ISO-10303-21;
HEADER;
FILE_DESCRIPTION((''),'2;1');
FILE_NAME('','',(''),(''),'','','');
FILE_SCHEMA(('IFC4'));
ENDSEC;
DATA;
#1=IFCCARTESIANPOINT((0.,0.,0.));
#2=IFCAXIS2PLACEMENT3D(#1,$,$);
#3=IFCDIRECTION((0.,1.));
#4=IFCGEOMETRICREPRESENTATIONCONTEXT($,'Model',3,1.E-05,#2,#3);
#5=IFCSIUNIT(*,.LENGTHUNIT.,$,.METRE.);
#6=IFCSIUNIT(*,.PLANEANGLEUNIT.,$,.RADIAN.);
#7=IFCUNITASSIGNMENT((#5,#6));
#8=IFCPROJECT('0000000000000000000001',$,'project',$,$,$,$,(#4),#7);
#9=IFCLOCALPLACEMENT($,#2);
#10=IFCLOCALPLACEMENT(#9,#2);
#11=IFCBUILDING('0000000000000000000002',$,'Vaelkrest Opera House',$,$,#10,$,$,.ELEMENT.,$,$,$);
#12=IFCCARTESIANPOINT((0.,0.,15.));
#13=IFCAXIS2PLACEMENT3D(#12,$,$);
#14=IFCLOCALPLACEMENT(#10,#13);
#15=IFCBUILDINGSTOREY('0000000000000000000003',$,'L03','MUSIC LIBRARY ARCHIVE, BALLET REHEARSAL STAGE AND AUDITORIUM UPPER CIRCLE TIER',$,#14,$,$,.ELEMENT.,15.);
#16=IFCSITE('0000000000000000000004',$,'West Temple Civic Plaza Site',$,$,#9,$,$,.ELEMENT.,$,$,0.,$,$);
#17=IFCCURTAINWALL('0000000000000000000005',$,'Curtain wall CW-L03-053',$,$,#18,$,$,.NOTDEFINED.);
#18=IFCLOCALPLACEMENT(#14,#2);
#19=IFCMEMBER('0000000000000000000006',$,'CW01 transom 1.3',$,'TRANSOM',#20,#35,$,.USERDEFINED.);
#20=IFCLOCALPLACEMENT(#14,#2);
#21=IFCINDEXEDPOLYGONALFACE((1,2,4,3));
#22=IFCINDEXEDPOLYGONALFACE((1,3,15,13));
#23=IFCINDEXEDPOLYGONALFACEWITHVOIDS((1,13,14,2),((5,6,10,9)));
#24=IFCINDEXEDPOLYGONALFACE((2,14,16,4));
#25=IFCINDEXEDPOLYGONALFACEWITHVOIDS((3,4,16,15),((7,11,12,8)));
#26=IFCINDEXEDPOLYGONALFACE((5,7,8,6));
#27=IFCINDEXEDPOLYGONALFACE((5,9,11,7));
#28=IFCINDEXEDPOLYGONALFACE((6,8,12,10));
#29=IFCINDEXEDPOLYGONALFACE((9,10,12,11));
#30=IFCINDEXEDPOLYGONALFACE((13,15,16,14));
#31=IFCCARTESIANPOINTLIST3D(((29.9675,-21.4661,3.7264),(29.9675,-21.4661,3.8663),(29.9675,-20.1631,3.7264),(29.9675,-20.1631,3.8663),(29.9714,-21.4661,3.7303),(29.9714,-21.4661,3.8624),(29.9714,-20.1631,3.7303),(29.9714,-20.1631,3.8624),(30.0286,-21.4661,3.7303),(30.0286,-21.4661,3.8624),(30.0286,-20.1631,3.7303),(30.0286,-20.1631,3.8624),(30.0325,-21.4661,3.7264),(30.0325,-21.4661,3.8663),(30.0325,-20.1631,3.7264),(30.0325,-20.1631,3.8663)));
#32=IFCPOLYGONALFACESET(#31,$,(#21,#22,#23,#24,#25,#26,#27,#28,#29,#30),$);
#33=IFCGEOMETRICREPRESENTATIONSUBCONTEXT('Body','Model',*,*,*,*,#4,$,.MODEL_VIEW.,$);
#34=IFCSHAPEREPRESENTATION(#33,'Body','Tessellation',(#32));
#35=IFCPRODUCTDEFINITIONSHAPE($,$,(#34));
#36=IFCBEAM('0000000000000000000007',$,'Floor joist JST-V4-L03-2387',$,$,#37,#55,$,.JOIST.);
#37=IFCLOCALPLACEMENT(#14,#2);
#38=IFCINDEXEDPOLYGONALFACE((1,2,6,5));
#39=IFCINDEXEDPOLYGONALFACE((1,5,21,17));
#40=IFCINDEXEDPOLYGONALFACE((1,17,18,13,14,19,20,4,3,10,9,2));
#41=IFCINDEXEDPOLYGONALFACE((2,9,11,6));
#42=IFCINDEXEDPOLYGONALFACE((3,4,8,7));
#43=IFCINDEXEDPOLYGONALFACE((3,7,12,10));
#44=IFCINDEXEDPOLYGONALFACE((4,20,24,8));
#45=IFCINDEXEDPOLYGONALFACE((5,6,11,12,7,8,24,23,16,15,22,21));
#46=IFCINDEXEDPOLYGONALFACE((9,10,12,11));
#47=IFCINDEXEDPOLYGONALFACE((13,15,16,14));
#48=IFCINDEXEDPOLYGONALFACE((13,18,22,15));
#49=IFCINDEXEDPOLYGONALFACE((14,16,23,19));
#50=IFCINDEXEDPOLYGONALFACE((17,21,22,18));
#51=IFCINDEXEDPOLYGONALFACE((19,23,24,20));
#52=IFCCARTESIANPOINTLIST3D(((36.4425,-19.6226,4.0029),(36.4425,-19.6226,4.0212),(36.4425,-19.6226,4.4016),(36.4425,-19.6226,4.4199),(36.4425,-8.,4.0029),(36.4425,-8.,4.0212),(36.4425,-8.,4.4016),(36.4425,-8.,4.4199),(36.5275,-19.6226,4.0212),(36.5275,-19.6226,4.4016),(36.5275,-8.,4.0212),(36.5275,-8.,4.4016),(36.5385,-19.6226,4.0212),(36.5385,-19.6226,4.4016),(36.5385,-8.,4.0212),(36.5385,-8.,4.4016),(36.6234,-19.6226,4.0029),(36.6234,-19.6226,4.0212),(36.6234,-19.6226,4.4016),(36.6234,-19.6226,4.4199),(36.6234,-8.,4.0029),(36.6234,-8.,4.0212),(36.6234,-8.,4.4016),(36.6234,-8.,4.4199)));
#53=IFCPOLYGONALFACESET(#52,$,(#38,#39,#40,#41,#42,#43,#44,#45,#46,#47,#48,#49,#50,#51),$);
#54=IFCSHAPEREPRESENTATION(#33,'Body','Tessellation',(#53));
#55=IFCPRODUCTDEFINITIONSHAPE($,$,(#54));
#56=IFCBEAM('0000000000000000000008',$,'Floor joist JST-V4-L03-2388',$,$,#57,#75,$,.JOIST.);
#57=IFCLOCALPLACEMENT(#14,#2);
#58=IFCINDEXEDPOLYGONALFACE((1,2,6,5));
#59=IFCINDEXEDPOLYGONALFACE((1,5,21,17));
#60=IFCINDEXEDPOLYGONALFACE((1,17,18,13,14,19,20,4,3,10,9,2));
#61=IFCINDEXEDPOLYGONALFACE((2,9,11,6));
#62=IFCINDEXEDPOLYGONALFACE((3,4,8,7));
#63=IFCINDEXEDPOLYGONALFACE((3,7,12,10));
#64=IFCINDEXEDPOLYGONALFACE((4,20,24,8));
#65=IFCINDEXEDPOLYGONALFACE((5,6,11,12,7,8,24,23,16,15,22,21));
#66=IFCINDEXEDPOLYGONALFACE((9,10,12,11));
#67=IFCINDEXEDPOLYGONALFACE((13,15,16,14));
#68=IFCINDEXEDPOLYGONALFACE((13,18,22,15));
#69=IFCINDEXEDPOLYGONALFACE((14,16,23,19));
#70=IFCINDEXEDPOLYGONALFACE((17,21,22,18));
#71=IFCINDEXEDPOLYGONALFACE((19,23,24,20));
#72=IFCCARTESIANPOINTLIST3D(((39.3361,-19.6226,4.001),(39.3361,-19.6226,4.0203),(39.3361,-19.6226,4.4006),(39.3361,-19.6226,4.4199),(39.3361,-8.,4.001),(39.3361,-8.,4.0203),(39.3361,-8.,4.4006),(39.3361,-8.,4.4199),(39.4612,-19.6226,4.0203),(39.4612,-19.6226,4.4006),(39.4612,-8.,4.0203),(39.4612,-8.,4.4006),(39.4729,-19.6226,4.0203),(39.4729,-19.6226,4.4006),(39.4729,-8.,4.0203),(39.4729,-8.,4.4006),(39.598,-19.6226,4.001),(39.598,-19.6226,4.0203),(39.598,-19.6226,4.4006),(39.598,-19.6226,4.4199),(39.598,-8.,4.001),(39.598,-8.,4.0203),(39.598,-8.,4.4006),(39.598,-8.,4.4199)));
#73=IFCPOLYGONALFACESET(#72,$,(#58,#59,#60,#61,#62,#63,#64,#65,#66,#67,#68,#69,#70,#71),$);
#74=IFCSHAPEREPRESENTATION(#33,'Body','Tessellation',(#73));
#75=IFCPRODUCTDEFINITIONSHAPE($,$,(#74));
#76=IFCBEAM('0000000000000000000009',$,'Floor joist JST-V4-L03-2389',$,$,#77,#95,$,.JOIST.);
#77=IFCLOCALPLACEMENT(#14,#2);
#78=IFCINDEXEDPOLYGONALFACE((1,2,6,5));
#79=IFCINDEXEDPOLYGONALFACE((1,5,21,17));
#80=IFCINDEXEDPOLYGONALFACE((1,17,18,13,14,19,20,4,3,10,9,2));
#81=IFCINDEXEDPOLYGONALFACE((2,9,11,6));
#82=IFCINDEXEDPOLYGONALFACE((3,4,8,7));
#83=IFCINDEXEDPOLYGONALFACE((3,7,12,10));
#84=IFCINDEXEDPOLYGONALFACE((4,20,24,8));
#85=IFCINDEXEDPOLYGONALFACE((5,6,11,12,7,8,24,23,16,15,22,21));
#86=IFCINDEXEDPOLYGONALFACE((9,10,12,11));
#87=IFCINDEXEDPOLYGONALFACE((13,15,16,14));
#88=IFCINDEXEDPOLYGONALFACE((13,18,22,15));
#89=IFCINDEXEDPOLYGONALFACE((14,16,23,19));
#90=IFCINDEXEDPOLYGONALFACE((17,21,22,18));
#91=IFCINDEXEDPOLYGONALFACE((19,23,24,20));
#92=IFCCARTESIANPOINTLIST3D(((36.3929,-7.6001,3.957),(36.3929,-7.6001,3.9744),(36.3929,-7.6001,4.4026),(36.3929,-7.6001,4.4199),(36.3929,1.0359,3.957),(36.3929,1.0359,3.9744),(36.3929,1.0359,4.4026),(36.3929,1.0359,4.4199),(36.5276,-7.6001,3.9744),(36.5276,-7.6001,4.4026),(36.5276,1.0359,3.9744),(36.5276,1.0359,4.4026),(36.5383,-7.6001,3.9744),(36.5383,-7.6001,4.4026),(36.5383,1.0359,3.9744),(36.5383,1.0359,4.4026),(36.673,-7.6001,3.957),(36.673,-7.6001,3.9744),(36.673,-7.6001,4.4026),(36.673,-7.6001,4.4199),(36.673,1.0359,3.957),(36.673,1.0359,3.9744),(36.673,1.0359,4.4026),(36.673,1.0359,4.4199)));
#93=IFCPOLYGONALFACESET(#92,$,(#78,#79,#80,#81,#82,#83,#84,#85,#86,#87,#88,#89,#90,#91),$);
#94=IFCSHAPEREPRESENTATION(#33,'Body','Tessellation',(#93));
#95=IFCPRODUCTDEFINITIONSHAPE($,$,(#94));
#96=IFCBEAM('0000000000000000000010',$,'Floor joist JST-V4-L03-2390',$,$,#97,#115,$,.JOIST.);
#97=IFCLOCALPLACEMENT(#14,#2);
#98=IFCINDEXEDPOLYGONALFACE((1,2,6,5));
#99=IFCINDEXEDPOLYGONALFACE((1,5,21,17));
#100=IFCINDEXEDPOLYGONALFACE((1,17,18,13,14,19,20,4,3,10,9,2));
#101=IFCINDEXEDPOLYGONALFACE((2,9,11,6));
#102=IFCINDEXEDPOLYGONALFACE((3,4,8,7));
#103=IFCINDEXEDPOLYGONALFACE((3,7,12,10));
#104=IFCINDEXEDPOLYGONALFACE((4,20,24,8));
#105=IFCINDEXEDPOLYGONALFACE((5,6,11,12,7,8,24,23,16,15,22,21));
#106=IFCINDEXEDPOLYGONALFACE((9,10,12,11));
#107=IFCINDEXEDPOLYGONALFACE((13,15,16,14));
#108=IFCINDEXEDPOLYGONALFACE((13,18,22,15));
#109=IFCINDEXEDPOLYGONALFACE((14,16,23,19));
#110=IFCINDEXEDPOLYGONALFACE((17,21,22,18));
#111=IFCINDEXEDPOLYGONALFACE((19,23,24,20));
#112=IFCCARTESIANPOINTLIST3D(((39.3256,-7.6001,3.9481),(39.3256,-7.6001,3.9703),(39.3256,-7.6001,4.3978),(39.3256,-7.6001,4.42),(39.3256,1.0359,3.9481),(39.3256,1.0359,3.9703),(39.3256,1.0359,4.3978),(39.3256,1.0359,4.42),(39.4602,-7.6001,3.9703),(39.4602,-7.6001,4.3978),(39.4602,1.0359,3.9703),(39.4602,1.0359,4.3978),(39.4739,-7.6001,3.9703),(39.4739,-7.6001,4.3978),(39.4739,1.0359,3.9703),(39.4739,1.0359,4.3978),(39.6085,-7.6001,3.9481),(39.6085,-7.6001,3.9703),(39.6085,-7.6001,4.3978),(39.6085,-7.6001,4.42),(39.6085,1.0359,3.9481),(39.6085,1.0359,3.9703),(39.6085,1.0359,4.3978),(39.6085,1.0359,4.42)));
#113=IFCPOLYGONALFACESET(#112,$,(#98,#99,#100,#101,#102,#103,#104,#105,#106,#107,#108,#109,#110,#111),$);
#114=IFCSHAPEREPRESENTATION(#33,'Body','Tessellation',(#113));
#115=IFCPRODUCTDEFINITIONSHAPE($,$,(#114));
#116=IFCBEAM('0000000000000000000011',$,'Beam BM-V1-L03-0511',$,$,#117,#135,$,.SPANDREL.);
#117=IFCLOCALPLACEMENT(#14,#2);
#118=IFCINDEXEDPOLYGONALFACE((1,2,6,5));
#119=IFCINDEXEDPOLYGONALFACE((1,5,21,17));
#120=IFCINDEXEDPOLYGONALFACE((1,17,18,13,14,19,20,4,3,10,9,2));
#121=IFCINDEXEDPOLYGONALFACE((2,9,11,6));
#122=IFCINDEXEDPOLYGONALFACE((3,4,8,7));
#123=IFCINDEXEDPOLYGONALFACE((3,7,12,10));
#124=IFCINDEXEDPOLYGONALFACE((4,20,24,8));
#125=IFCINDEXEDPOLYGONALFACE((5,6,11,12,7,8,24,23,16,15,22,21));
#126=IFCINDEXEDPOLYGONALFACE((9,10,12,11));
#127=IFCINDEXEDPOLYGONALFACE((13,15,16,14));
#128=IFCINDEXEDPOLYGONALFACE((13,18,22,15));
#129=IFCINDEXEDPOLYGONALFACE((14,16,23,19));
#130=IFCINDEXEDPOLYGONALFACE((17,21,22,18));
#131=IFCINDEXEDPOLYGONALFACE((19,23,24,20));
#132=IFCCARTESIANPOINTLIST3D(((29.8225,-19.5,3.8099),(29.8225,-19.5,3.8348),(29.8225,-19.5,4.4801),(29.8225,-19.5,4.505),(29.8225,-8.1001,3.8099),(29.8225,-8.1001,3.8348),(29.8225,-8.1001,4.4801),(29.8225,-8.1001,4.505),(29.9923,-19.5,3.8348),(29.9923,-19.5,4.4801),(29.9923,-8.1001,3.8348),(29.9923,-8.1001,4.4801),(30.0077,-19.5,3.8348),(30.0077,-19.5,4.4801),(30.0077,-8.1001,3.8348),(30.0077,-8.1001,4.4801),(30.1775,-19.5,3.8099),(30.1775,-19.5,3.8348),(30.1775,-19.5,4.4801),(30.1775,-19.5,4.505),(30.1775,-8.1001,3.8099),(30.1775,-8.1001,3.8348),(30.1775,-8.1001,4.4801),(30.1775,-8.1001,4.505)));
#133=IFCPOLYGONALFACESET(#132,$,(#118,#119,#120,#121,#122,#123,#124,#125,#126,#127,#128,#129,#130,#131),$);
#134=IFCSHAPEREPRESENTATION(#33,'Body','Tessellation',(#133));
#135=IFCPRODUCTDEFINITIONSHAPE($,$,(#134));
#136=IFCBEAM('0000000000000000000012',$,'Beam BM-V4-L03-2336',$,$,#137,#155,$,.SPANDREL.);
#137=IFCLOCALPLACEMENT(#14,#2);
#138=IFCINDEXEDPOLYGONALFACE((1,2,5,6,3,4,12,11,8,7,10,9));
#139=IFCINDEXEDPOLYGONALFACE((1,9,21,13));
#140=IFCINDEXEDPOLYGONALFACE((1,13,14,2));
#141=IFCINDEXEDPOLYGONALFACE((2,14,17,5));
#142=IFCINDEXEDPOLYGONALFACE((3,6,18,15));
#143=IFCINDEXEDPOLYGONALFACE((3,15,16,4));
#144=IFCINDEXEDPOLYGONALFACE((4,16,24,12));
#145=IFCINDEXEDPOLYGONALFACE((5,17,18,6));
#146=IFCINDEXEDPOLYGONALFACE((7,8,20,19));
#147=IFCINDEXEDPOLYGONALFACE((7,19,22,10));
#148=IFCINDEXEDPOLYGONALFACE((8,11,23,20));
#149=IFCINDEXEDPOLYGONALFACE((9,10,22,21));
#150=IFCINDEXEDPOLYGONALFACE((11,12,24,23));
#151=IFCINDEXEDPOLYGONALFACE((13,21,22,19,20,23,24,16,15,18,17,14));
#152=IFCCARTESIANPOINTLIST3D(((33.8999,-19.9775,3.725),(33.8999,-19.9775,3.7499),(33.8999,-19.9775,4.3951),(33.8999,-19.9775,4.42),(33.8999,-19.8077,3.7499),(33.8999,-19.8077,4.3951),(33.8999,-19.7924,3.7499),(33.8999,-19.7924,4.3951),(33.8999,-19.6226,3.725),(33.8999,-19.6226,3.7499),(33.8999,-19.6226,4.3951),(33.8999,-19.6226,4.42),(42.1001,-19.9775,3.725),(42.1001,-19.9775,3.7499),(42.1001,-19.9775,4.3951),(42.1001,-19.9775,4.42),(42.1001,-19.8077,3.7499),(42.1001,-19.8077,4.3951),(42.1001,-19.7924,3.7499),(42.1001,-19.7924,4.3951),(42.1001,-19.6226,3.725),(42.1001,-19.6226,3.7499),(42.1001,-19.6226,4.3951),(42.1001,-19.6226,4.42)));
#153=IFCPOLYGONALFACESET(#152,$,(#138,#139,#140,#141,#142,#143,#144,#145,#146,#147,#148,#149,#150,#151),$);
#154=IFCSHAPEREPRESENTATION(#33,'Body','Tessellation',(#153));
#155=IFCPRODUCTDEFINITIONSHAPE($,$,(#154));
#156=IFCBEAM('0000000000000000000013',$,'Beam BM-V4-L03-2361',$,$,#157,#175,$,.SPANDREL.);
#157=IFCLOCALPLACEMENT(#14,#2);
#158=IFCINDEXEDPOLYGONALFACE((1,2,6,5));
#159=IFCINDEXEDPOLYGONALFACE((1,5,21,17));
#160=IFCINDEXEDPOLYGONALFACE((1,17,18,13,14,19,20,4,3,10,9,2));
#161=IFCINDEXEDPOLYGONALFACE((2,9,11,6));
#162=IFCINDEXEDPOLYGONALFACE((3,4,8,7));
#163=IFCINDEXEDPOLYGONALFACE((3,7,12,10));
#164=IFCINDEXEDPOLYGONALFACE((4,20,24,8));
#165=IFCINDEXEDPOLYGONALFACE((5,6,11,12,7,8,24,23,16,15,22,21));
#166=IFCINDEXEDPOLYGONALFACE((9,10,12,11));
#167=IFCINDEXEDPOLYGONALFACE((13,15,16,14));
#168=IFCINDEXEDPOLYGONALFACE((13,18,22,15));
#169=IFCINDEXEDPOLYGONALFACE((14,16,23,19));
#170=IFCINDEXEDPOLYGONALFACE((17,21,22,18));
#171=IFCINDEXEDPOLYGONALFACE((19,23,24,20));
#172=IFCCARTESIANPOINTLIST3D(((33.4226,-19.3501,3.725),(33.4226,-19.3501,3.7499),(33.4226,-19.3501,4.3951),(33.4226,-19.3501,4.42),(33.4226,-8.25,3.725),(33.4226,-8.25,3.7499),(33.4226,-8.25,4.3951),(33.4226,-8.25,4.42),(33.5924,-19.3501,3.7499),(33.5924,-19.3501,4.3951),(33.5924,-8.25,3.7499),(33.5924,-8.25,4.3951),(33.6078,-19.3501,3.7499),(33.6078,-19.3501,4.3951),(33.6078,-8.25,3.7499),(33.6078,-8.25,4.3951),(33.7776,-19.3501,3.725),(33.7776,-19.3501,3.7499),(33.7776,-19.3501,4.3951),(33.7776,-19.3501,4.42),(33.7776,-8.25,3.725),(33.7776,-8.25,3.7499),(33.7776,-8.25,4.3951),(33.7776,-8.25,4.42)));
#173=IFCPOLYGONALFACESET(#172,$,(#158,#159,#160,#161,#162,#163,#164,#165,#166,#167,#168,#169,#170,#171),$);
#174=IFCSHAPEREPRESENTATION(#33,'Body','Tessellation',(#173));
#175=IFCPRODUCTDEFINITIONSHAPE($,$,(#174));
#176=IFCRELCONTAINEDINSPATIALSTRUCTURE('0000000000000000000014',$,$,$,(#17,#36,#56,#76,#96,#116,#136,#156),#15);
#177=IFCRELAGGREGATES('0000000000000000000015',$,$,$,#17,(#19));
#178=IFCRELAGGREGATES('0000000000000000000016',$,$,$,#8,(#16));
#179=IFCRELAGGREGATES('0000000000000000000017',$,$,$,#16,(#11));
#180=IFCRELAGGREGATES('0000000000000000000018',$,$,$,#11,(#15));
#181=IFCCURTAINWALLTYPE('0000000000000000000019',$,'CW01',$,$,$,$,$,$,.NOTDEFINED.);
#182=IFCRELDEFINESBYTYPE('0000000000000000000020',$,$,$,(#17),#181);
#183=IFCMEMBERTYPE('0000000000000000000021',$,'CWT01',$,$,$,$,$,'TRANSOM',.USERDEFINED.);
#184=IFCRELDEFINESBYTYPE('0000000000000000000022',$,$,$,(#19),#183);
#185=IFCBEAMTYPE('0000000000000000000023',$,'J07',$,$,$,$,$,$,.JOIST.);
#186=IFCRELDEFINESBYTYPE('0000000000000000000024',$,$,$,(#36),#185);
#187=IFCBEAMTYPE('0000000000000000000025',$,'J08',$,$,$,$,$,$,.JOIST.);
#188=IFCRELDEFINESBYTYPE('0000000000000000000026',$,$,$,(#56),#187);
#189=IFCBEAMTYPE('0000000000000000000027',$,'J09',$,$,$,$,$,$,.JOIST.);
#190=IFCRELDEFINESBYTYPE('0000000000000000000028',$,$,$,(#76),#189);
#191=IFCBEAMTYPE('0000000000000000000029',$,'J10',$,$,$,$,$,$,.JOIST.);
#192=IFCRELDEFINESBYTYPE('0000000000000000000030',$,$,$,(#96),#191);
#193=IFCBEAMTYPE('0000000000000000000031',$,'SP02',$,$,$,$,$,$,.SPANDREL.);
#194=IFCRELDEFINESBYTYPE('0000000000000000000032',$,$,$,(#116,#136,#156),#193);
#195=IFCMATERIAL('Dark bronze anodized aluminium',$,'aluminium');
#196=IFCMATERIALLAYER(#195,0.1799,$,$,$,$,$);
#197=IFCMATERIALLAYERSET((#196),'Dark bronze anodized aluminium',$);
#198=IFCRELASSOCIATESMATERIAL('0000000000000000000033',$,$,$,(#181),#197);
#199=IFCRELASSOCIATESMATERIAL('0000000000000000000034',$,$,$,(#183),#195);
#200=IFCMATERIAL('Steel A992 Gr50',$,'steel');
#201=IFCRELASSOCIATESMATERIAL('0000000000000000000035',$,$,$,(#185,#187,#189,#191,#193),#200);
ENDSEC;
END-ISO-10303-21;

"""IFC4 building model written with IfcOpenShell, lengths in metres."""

from ifc_helpers import new_model, si_unit, direction, frame, origin, origin_2d, place, context, subcontext, project, spatial, hollow_rectangle, i_section, extrude, material, layer, layer_set, material_profile, profile_set, type_object, element, aggregate, save


model = new_model("IFC4")

# Units and contexts
model_context = context("Model", 3, precision=1e-05, world=origin(), true_north=direction((0.0, 1.0)))
body_context = subcontext(model_context, "Body", "Model", "MODEL_VIEW")
ifc_project = project(units=[si_unit("LENGTHUNIT", "METRE"), si_unit("PLANEANGLEUNIT", "RADIAN")], contexts=[model_context])

# Site, building, storey
site_placement = place(None, origin())
site = spatial("IfcSite", under=ifc_project, at=site_placement, Name="West Temple Civic Plaza Site", CompositionType="ELEMENT", RefElevation=0.0)
building_placement = place(site_placement, origin())
building = spatial("IfcBuilding", under=site, at=building_placement, Name="Vaelkrest Opera House", CompositionType="ELEMENT")
storey_placement = place(building_placement, frame((0.0, 0.0, 15.0)))
storey = spatial("IfcBuildingStorey", under=building, at=storey_placement, Name="L03", Description="MUSIC LIBRARY ARCHIVE, BALLET REHEARSAL STAGE AND AUDITORIUM UPPER CIRCLE TIER", CompositionType="ELEMENT", Elevation=15.0)

# Shared definitions
ifc_material_1 = material(Name="Steel A992 Gr50", Category="steel")

# Curtain wall, member
ifc_material_2 = material(Name="Dark bronze anodized aluminium", Category="aluminium")
ifc_layer_1 = layer(ifc_material_2, 0.1799)
ifc_layer_set_1 = layer_set([ifc_layer_1], Name="Dark bronze anodized aluminium")
curtain_wall_type = type_object("IfcCurtainWallType", Name="CW01", PredefinedType="NOTDEFINED", material=ifc_layer_set_1)
curtain_wall_placement = place(storey_placement, origin())
curtain_wall = element("IfcCurtainWall", 1, at=curtain_wall_placement, inside=storey, type_object=curtain_wall_type, Name="Curtain wall CW-L03-053", PredefinedType="NOTDEFINED")
ifc_material_profile_1 = material_profile(ifc_material_2, hollow_rectangle(XDim=0.0649, YDim=0.1399, WallThickness=0.0039, at=origin_2d()), Name="CWT65X140")
ifc_profile_set_1 = profile_set([ifc_material_profile_1], Name="Dark bronze anodized aluminium")
member_type_1 = type_object("IfcMemberType", Name="CWT01", ElementType="TRANSOM", PredefinedType="USERDEFINED", material=ifc_profile_set_1)
member_1_placement = place(storey_placement, frame((30.0, -20.1631, 3.7964), z_axis=(0.0, -1.0, 0.0), x_axis=(1.0, 0.0, 0.0)))
member_1 = element("IfcMember", 2, at=member_1_placement, type_object=member_type_1, Name="CW01 transom 1.3", ObjectType="TRANSOM", PredefinedType="USERDEFINED", context=body_context, shape_type="SweptSolid", body=[
    extrude(hollow_rectangle(XDim=0.0649, YDim=0.1399, WallThickness=0.0039, at=origin_2d()), origin(), (0.0, 0.0, 1.0), 1.303),
])
aggregate(curtain_wall, [member_1])

# Beams
ifc_material_profile_2 = material_profile(ifc_material_1, i_section(OverallWidth=0.1809, OverallDepth=0.417, WebThickness=0.011, FlangeThickness=0.0183, at=origin_2d()), Name="W16X57")
ifc_profile_set_2 = profile_set([ifc_material_profile_2], Name="Steel A992 Gr50")
beam_type_1 = type_object("IfcBeamType", Name="J07", PredefinedType="JOIST", material=ifc_profile_set_2)
beam_1_placement = place(storey_placement, frame((36.533, -19.6226, 4.2114), z_axis=(0.0, 1.0, 0.0), x_axis=(-1.0, 0.0, 0.0)))
element("IfcBeam", 3, at=beam_1_placement, inside=storey, type_object=beam_type_1, Name="Floor joist JST-V4-L03-2387", PredefinedType="JOIST", context=body_context, shape_type="SweptSolid", body=[
    extrude(i_section(OverallWidth=0.1809, OverallDepth=0.417, WebThickness=0.011, FlangeThickness=0.0183, at=origin_2d()), origin(), (0.0, 0.0, 1.0), 11.6226),
])
ifc_material_profile_3 = material_profile(ifc_material_1, i_section(OverallWidth=0.262, OverallDepth=0.4189, WebThickness=0.0117, FlangeThickness=0.0193, at=origin_2d()), Name="W16X77")
ifc_profile_set_3 = profile_set([ifc_material_profile_3], Name="Steel A992 Gr50")
beam_type_2 = type_object("IfcBeamType", Name="J08", PredefinedType="JOIST", material=ifc_profile_set_3)
beam_2_placement = place(storey_placement, frame((39.467, -19.6226, 4.2104), z_axis=(0.0, 1.0, 0.0), x_axis=(-1.0, 0.0, 0.0)))
element("IfcBeam", 4, at=beam_2_placement, inside=storey, type_object=beam_type_2, Name="Floor joist JST-V4-L03-2388", PredefinedType="JOIST", context=body_context, shape_type="SweptSolid", body=[
    extrude(i_section(OverallWidth=0.262, OverallDepth=0.4189, WebThickness=0.0117, FlangeThickness=0.0193, at=origin_2d()), origin(), (0.0, 0.0, 1.0), 11.6226),
])
ifc_material_profile_4 = material_profile(ifc_material_1, i_section(OverallWidth=0.28, OverallDepth=0.4629, WebThickness=0.0107, FlangeThickness=0.0173, at=origin_2d()), Name="W18X76")
ifc_profile_set_4 = profile_set([ifc_material_profile_4], Name="Steel A992 Gr50")
beam_type_3 = type_object("IfcBeamType", Name="J09", PredefinedType="JOIST", material=ifc_profile_set_4)
beam_3_placement = place(storey_placement, frame((36.533, -7.6001, 4.1885), z_axis=(0.0, 1.0, 0.0), x_axis=(-1.0, 0.0, 0.0)))
element("IfcBeam", 5, at=beam_3_placement, inside=storey, type_object=beam_type_3, Name="Floor joist JST-V4-L03-2389", PredefinedType="JOIST", context=body_context, shape_type="SweptSolid", body=[
    extrude(i_section(OverallWidth=0.28, OverallDepth=0.4629, WebThickness=0.0107, FlangeThickness=0.0173, at=origin_2d()), origin(), (0.0, 0.0, 1.0), 8.636),
])
ifc_material_profile_5 = material_profile(ifc_material_1, i_section(OverallWidth=0.283, OverallDepth=0.4719, WebThickness=0.0137, FlangeThickness=0.0222, at=origin_2d()), Name="W18X97")
ifc_profile_set_5 = profile_set([ifc_material_profile_5], Name="Steel A992 Gr50")
beam_type_4 = type_object("IfcBeamType", Name="J10", PredefinedType="JOIST", material=ifc_profile_set_5)
beam_4_placement = place(storey_placement, frame((39.467, -7.6001, 4.1841), z_axis=(0.0, 1.0, 0.0), x_axis=(-1.0, 0.0, 0.0)))
element("IfcBeam", 6, at=beam_4_placement, inside=storey, type_object=beam_type_4, Name="Floor joist JST-V4-L03-2390", PredefinedType="JOIST", context=body_context, shape_type="SweptSolid", body=[
    extrude(i_section(OverallWidth=0.283, OverallDepth=0.4719, WebThickness=0.0137, FlangeThickness=0.0222, at=origin_2d()), origin(), (0.0, 0.0, 1.0), 8.636),
])
ifc_material_profile_6 = material_profile(ifc_material_1, i_section(OverallWidth=0.355, OverallDepth=0.6951, WebThickness=0.0154, FlangeThickness=0.0249, at=origin_2d()), Name="W27X146")
ifc_profile_set_6 = profile_set([ifc_material_profile_6], Name="Steel A992 Gr50")
beam_type_5 = type_object("IfcBeamType", Name="SP02", PredefinedType="SPANDREL", material=ifc_profile_set_6)
beam_5_placement = place(storey_placement, frame((30.0, -19.5, 4.1575), z_axis=(0.0, 1.0, 0.0), x_axis=(-1.0, 0.0, 0.0)))
element("IfcBeam", 7, at=beam_5_placement, inside=storey, type_object=beam_type_5, Name="Beam BM-V1-L03-0511", PredefinedType="SPANDREL", context=body_context, shape_type="SweptSolid", body=[
    extrude(i_section(OverallWidth=0.355, OverallDepth=0.6951, WebThickness=0.0154, FlangeThickness=0.0249, at=origin_2d()), origin(), (0.0, 0.0, 1.0), 11.3999),
])
beam_6_placement = place(storey_placement, frame((33.8999, -19.8, 4.0725), z_axis=(1.0, 0.0, 0.0), x_axis=(0.0, 1.0, 0.0)))
element("IfcBeam", 8, at=beam_6_placement, inside=storey, type_object=beam_type_5, Name="Beam BM-V4-L03-2336", PredefinedType="SPANDREL", context=body_context, shape_type="SweptSolid", body=[
    extrude(i_section(OverallWidth=0.355, OverallDepth=0.6951, WebThickness=0.0154, FlangeThickness=0.0249, at=origin_2d()), origin(), (0.0, 0.0, 1.0), 8.2002),
])
beam_7_placement = place(storey_placement, frame((33.6001, -19.3501, 4.0725), z_axis=(0.0, 1.0, 0.0), x_axis=(-1.0, 0.0, 0.0)))
element("IfcBeam", 9, at=beam_7_placement, inside=storey, type_object=beam_type_5, Name="Beam BM-V4-L03-2361", PredefinedType="SPANDREL", context=body_context, shape_type="SweptSolid", body=[
    extrude(i_section(OverallWidth=0.355, OverallDepth=0.6951, WebThickness=0.0154, FlangeThickness=0.0249, at=origin_2d()), origin(), (0.0, 0.0, 1.0), 11.1001),
])

save(model, "model.ifc")
